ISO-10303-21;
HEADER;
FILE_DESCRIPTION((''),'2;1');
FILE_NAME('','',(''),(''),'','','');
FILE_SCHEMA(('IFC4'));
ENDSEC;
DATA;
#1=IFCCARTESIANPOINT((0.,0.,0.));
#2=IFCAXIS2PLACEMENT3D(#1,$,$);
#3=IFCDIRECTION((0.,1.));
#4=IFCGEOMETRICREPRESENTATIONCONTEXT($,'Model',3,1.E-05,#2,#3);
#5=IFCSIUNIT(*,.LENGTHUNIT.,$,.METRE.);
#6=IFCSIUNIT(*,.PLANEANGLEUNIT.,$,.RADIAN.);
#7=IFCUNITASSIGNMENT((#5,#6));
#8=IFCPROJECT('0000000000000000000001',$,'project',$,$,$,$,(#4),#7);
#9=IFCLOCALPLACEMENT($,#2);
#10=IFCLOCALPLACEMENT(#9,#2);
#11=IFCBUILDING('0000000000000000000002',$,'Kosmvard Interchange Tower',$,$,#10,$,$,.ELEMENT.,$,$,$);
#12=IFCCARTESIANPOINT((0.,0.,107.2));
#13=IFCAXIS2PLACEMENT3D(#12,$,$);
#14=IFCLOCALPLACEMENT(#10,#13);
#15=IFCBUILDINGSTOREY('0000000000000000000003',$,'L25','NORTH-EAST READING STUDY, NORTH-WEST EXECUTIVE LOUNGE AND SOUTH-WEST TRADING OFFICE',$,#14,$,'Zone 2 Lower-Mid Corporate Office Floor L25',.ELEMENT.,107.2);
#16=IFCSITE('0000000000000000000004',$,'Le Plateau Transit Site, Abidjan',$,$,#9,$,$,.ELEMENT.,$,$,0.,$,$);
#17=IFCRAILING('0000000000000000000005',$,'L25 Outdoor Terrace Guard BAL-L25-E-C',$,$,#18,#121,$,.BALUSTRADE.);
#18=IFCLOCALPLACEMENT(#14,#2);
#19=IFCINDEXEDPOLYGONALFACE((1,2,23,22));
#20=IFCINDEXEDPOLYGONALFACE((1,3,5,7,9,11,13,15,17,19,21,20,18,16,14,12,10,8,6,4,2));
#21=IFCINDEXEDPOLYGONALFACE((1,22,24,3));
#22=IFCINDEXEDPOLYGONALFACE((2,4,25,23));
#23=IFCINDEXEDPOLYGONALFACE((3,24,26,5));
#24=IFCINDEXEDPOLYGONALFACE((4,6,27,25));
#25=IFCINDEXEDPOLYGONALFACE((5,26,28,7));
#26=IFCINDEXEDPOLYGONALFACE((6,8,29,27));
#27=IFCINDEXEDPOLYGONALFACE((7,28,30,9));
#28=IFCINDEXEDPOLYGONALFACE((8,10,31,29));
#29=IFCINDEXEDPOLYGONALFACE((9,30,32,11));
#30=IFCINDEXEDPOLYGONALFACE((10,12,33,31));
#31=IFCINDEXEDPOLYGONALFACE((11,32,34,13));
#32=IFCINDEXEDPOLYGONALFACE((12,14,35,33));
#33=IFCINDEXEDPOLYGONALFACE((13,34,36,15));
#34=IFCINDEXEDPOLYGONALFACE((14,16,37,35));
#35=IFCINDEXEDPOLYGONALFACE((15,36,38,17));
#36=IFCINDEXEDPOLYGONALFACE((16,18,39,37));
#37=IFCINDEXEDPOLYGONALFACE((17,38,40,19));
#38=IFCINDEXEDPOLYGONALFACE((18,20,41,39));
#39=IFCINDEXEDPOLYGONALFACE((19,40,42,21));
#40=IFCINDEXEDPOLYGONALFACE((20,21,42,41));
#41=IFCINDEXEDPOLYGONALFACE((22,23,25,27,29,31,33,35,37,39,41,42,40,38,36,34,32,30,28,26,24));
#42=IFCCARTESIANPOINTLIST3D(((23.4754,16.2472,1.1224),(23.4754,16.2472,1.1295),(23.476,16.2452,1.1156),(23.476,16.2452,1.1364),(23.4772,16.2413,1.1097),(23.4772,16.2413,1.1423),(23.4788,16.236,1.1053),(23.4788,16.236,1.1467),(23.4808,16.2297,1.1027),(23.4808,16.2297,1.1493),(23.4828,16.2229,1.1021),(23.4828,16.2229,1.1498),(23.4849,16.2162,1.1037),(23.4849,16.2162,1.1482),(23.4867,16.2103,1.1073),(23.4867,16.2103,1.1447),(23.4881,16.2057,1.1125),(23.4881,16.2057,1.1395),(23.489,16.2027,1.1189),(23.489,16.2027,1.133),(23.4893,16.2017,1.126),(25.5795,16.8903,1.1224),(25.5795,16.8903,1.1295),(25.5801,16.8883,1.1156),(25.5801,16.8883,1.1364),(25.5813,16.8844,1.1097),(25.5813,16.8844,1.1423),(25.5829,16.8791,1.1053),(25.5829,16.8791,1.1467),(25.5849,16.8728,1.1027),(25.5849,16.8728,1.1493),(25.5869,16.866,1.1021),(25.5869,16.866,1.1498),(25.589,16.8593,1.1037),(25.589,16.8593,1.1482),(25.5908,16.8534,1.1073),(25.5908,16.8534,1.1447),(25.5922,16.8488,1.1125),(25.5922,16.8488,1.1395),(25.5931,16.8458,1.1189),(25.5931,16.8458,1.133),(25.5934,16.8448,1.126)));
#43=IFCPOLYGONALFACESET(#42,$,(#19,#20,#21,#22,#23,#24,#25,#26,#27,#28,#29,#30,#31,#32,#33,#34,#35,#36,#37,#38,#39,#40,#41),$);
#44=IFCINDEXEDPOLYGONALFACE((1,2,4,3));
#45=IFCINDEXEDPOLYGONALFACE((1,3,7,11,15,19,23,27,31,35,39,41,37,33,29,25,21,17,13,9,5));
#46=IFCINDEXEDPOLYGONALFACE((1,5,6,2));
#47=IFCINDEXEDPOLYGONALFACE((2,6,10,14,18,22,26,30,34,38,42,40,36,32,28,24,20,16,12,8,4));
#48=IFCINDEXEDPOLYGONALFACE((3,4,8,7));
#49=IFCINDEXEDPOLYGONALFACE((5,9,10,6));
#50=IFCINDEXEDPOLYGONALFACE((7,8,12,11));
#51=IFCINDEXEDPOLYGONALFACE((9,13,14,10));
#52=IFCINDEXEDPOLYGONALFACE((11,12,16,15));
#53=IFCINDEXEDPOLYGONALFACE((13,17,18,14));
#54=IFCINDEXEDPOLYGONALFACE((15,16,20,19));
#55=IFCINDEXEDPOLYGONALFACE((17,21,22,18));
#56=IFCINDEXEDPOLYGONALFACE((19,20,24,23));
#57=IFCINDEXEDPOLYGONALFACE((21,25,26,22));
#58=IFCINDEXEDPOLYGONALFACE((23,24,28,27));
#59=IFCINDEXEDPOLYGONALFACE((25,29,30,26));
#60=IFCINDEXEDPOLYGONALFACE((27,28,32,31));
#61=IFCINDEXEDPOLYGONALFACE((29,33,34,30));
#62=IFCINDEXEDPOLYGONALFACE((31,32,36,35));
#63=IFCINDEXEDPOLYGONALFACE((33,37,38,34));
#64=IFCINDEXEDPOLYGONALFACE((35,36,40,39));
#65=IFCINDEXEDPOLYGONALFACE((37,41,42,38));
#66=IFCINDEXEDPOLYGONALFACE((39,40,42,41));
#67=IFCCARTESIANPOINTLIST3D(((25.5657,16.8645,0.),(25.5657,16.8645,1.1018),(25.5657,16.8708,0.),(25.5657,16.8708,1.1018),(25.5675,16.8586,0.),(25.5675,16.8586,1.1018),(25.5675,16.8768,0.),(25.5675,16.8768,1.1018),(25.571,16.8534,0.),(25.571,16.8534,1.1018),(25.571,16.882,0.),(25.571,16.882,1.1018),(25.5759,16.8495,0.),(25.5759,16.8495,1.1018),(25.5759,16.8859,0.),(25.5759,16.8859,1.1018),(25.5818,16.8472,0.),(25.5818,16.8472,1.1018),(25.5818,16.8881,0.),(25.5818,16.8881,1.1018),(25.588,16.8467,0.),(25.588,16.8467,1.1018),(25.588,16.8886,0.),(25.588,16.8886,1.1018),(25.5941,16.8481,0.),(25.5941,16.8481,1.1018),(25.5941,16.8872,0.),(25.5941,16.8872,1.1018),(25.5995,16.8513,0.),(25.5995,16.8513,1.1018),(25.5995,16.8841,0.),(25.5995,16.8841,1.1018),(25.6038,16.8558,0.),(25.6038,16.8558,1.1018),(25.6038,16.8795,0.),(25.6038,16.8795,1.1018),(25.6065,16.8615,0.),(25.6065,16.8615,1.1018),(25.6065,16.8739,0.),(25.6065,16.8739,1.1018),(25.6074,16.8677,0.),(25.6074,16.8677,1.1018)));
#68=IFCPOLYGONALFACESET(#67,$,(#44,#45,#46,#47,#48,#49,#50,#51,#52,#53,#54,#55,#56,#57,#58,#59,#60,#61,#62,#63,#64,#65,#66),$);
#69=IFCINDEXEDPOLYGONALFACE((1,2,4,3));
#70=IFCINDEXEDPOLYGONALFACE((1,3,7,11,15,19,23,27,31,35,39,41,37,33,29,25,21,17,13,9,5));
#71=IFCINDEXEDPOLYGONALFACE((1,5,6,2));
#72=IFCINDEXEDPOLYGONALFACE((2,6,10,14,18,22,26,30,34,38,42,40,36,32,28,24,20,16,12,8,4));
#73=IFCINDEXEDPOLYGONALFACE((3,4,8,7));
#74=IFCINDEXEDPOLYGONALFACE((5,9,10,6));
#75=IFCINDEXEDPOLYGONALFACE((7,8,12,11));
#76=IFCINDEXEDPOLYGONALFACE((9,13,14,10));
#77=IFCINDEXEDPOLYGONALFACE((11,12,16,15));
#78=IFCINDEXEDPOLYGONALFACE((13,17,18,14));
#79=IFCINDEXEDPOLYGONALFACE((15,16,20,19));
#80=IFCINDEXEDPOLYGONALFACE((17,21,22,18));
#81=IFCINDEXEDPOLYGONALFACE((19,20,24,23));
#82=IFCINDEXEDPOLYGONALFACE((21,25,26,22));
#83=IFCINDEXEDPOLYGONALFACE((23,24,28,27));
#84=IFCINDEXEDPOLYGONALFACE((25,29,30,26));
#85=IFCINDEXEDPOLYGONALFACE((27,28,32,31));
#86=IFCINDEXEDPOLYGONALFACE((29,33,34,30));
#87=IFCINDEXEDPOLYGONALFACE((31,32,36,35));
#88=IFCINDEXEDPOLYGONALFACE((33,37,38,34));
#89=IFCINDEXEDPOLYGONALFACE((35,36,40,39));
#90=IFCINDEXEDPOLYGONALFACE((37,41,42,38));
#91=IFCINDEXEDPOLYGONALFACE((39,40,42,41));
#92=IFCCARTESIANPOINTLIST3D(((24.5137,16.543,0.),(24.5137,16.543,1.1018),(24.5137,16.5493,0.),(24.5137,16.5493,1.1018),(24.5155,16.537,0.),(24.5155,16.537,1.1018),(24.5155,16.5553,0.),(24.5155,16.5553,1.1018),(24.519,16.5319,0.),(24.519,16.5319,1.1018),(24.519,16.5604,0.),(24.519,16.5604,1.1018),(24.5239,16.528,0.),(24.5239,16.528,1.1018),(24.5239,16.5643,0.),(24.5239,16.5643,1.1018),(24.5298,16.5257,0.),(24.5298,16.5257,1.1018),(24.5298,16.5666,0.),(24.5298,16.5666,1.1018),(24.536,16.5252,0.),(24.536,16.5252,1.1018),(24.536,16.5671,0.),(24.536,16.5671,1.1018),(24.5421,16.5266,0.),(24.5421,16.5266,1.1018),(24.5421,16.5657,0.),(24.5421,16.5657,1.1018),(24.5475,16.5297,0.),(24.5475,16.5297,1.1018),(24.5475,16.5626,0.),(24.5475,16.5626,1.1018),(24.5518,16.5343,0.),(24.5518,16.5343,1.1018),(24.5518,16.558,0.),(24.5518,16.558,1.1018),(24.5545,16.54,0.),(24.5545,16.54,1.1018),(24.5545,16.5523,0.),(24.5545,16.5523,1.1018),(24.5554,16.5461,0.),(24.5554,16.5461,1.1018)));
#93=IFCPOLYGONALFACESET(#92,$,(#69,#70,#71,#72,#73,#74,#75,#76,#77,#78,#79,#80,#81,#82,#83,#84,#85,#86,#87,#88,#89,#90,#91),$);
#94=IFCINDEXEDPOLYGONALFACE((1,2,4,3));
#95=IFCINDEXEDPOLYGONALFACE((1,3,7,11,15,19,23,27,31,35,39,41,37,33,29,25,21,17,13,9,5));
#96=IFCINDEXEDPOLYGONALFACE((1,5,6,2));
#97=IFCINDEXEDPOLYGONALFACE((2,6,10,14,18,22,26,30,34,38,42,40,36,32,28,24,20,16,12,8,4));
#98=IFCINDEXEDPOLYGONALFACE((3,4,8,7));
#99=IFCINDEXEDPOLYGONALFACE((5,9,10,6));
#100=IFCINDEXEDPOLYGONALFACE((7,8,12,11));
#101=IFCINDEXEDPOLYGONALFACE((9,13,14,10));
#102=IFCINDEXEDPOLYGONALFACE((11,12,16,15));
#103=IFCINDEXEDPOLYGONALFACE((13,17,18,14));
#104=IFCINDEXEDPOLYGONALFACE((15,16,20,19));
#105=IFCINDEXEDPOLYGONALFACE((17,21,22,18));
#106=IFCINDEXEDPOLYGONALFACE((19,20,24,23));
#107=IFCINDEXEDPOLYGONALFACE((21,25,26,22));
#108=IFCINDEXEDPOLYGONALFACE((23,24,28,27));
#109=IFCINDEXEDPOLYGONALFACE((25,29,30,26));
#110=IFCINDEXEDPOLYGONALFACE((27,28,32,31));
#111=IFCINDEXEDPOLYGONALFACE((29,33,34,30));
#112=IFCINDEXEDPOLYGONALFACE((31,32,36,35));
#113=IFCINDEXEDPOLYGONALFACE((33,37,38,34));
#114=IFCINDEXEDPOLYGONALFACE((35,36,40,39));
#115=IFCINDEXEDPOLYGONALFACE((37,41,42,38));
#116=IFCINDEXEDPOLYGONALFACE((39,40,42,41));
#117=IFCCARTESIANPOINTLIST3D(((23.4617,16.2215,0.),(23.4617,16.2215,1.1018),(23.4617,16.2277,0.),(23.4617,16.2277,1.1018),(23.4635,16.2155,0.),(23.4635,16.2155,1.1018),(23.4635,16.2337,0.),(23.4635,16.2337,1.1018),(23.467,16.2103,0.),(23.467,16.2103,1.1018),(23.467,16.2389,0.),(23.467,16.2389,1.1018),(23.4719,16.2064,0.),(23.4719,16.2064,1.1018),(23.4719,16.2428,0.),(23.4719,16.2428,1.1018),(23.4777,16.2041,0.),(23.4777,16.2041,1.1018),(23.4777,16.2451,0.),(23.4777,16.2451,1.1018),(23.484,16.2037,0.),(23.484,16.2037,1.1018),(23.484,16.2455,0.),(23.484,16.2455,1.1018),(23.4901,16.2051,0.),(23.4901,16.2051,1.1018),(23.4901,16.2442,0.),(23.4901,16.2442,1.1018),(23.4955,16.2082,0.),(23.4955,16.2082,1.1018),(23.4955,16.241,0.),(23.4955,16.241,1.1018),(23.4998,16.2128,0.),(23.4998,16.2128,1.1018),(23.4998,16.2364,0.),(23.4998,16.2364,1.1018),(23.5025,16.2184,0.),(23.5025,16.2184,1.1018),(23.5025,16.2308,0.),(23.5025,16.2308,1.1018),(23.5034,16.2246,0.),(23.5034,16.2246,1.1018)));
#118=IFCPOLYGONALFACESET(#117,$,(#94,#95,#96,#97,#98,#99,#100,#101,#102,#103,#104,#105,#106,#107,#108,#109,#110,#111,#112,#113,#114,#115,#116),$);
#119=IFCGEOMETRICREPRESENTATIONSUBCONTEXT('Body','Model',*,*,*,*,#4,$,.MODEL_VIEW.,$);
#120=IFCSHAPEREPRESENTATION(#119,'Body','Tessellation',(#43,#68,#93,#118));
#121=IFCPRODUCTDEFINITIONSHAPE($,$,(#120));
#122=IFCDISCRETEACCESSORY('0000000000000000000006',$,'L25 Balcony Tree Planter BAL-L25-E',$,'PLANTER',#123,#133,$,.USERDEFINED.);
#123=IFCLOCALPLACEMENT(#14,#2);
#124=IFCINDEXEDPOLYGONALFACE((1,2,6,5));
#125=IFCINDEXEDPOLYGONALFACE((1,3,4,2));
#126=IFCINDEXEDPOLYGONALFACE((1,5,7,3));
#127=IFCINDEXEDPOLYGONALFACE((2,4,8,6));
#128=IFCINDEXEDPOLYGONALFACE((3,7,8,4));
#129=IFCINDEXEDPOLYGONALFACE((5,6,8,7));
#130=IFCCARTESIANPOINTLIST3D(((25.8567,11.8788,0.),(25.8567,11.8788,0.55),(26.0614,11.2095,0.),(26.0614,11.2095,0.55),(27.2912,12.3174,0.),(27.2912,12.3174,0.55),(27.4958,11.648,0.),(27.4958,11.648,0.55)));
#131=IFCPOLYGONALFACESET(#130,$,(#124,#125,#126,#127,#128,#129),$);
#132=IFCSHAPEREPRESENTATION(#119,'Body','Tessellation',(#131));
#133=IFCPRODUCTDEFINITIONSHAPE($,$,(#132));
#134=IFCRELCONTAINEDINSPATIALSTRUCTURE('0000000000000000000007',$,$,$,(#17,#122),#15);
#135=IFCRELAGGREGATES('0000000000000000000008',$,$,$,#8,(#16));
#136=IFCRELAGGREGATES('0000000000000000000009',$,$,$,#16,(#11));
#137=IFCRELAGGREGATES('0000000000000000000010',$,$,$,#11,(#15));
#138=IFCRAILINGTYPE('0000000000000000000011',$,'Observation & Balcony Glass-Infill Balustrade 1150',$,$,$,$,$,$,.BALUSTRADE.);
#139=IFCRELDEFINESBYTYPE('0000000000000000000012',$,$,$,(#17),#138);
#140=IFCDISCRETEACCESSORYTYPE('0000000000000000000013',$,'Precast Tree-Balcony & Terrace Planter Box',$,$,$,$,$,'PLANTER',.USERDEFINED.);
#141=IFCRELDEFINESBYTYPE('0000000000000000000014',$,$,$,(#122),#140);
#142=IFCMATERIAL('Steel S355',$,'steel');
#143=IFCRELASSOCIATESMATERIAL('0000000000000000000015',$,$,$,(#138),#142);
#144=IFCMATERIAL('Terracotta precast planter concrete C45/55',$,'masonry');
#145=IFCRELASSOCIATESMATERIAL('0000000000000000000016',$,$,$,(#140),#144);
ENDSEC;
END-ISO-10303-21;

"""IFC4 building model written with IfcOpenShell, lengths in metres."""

from ifc_helpers import new_model, si_unit, direction, frame, origin, origin_2d, place, context, subcontext, project, spatial, rectangle, circle, extrude, source, transform, mapped, material, type_object, element, save


model = new_model("IFC4")

# Units and contexts
model_context = context("Model", 3, precision=1e-05, world=origin(), true_north=direction((0.0, 1.0)))
body_context = subcontext(model_context, "Body", "Model", "MODEL_VIEW")
ifc_project = project(units=[si_unit("LENGTHUNIT", "METRE"), si_unit("PLANEANGLEUNIT", "RADIAN")], contexts=[model_context])

# Site, building, storey
site_placement = place(None, origin())
site = spatial("IfcSite", under=ifc_project, at=site_placement, Name="Le Plateau Transit Site, Abidjan", CompositionType="ELEMENT", RefElevation=0.0)
building_placement = place(site_placement, origin())
building = spatial("IfcBuilding", under=site, at=building_placement, Name="Kosmvard Interchange Tower", CompositionType="ELEMENT")
storey_placement = place(building_placement, frame((0.0, 0.0, 107.2)))
storey = spatial("IfcBuildingStorey", under=building, at=storey_placement, Name="L25", Description="NORTH-EAST READING STUDY, NORTH-WEST EXECUTIVE LOUNGE AND SOUTH-WEST TRADING OFFICE", LongName="Zone 2 Lower-Mid Corporate Office Floor L25", CompositionType="ELEMENT", Elevation=107.2)

# Shared definitions
ifc_material_1 = material(Name="Steel S355", Category="steel")

# Railing
railing_type = type_object("IfcRailingType", Name="Observation & Balcony Glass-Infill Balustrade 1150", PredefinedType="BALUSTRADE", material=ifc_material_1)
shared_shape_1 = source(origin(), body_context, "Body", "SweptSolid", [
    extrude(circle(Radius=0.0239, at=origin_2d()), frame((0.0, 0.0, 1.126), z_axis=(-0.956329, -0.292292, 0.0), x_axis=(0.292292, -0.956329, 0.0)), (0.0, 0.0, 1.0), 2.2002),
    extrude(circle(Radius=0.021, at=origin_2d()), origin(), (0.0, 0.0, 1.0), 1.1018),
    extrude(circle(Radius=0.021, at=origin_2d()), frame((-1.052, -0.3215, 0.0)), (0.0, 0.0, 1.0), 1.1018),
    extrude(circle(Radius=0.021, at=origin_2d()), frame((-2.104, -0.6431, 0.0)), (0.0, 0.0, 1.0), 1.1018),
])
railing_1_placement = place(storey_placement, frame((25.5864, 16.8677, 0.0)))
element("IfcRailing", 1, at=railing_1_placement, inside=storey, type_object=railing_type, Name="L25 Outdoor Terrace Guard BAL-L25-E-C", PredefinedType="BALUSTRADE", context=body_context, shape_type="MappedRepresentation", body=[
    mapped(shared_shape_1, transform((0.0, 0.0, 0.0), scale=1.0)),
])

# Discrete accessory
ifc_material_2 = material(Name="Terracotta precast planter concrete C45/55", Category="masonry")
discrete_accessory_type = type_object("IfcDiscreteAccessoryType", Name="Precast Tree-Balcony & Terrace Planter Box", ElementType="PLANTER", PredefinedType="USERDEFINED", material=ifc_material_2)
shared_shape_2 = source(origin(), body_context, "Body", "SweptSolid", [
    extrude(rectangle(XDim=1.5, YDim=0.7, at=origin_2d()), origin(), (0.0, 0.0, 1.0), 0.55),
])
discrete_accessory_placement = place(storey_placement, frame((26.6763, 11.7634, 0.0), z_axis=(0.0, 0.0, 1.0), x_axis=(0.956305, 0.292372, 0.0)))
element("IfcDiscreteAccessory", 2, at=discrete_accessory_placement, inside=storey, type_object=discrete_accessory_type, Name="L25 Balcony Tree Planter BAL-L25-E", ObjectType="PLANTER", PredefinedType="USERDEFINED", context=body_context, shape_type="MappedRepresentation", body=[
    mapped(shared_shape_2, transform((0.0, 0.0, 0.0), scale=1.0)),
])

save(model, "model.ifc")
